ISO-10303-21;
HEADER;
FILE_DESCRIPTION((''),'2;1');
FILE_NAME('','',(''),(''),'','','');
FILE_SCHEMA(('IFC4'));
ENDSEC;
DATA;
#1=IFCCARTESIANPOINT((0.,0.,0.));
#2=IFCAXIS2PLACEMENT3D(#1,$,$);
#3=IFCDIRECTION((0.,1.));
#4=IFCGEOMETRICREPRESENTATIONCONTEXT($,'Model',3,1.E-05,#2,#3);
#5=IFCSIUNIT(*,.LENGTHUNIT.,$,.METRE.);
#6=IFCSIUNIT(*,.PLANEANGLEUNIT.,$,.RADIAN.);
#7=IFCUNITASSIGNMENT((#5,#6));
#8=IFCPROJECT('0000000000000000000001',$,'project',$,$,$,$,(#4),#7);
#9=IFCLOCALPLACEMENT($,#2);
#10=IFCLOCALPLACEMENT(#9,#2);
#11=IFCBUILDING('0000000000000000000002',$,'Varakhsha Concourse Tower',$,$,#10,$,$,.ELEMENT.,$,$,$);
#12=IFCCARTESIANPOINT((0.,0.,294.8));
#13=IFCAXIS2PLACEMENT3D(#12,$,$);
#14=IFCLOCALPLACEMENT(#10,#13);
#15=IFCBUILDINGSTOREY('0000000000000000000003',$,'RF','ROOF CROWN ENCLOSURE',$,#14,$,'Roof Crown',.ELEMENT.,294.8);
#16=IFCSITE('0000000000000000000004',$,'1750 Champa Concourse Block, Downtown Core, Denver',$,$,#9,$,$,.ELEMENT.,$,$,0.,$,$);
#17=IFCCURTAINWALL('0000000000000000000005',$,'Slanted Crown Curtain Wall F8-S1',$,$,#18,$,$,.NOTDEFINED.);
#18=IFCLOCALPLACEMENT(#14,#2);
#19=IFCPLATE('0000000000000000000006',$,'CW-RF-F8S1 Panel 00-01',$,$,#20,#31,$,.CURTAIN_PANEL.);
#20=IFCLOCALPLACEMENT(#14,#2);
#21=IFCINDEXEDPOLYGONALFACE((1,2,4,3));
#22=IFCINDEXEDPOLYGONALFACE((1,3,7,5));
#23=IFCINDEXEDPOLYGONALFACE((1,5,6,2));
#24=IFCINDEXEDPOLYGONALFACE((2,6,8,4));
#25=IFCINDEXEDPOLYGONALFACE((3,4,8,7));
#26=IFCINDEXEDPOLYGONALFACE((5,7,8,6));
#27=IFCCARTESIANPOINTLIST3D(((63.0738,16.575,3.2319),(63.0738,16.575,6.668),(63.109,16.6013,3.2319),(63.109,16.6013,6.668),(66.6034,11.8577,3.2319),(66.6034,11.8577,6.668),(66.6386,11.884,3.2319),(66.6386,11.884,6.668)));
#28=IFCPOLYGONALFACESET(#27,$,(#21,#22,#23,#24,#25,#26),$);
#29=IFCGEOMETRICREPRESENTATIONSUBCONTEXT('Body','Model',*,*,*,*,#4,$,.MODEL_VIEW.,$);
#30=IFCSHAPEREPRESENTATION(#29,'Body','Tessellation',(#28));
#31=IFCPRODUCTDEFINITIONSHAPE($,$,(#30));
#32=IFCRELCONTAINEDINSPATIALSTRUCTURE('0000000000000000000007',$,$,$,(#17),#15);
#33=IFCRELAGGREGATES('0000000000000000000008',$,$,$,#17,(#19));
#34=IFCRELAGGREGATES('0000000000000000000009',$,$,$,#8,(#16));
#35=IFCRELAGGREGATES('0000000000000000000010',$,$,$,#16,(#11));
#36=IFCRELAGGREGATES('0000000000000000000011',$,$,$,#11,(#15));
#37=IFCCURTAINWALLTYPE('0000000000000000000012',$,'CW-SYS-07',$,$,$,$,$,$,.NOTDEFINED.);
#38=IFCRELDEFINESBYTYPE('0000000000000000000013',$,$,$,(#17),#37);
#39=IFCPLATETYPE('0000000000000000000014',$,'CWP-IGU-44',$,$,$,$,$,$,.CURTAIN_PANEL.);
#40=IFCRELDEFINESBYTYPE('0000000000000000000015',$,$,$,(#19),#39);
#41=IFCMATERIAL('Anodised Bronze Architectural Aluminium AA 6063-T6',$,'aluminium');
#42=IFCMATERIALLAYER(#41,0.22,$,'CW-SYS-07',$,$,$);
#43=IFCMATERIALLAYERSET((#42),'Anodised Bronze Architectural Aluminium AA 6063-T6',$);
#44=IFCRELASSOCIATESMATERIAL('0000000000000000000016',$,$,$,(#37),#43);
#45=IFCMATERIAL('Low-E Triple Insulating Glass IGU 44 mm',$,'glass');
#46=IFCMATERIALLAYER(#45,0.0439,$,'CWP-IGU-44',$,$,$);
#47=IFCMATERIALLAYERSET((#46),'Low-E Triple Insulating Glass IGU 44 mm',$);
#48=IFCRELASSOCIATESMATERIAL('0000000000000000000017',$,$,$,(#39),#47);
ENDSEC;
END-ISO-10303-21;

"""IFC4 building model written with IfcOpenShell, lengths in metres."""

from ifc_helpers import new_model, si_unit, direction, frame, origin, origin_2d, place, context, subcontext, project, spatial, rectangle, extrude, source, transform, mapped, material, layer, layer_set, type_object, element, aggregate, save


model = new_model("IFC4")

# Units and contexts
model_context = context("Model", 3, precision=1e-05, world=origin(), true_north=direction((0.0, 1.0)))
body_context = subcontext(model_context, "Body", "Model", "MODEL_VIEW")
ifc_project = project(units=[si_unit("LENGTHUNIT", "METRE"), si_unit("PLANEANGLEUNIT", "RADIAN")], contexts=[model_context])

# Site, building, storey
site_placement = place(None, origin())
site = spatial("IfcSite", under=ifc_project, at=site_placement, Name="1750 Champa Concourse Block, Downtown Core, Denver", CompositionType="ELEMENT", RefElevation=0.0)
building_placement = place(site_placement, origin())
building = spatial("IfcBuilding", under=site, at=building_placement, Name="Varakhsha Concourse Tower", CompositionType="ELEMENT")
storey_placement = place(building_placement, frame((0.0, 0.0, 294.8)))
storey = spatial("IfcBuildingStorey", under=building, at=storey_placement, Name="RF", Description="ROOF CROWN ENCLOSURE", LongName="Roof Crown", CompositionType="ELEMENT", Elevation=294.8)

# Shared definitions
ifc_material_1 = material(Name="Anodised Bronze Architectural Aluminium AA 6063-T6", Category="aluminium")
ifc_layer_1 = layer(ifc_material_1, 0.22, Name="CW-SYS-07")
ifc_layer_set_1 = layer_set([ifc_layer_1], Name="Anodised Bronze Architectural Aluminium AA 6063-T6")
curtain_wall_type = type_object("IfcCurtainWallType", Name="CW-SYS-07", PredefinedType="NOTDEFINED", material=ifc_layer_set_1)

# Curtain wall
curtain_wall_1_placement = place(storey_placement, origin())
curtain_wall_1 = element("IfcCurtainWall", 1, at=curtain_wall_1_placement, inside=storey, type_object=curtain_wall_type, Name="Slanted Crown Curtain Wall F8-S1", PredefinedType="NOTDEFINED")

# Plate
ifc_material_2 = material(Name="Low-E Triple Insulating Glass IGU 44 mm", Category="glass")
ifc_layer_2 = layer(ifc_material_2, 0.0439, Name="CWP-IGU-44")
ifc_layer_set_2 = layer_set([ifc_layer_2], Name="Low-E Triple Insulating Glass IGU 44 mm")
plate_type_1 = type_object("IfcPlateType", Name="CWP-IGU-44", PredefinedType="CURTAIN_PANEL", material=ifc_layer_set_2)
shared_shape_1 = source(origin(), body_context, "Body", "SweptSolid", [
    extrude(rectangle(XDim=5.8916, YDim=0.0439, at=origin_2d()), origin(), (0.0, 0.0, 1.0), 3.436),
])
plate_1_placement = place(storey_placement, frame((64.8562, 14.2295, 3.2319), z_axis=(0.0, 0.0, 1.0), x_axis=(0.599092, -0.80068, 0.0)))
plate_1 = element("IfcPlate", 2, at=plate_1_placement, type_object=plate_type_1, Name="CW-RF-F8S1 Panel 00-01", PredefinedType="CURTAIN_PANEL", context=body_context, shape_type="MappedRepresentation", body=[
    mapped(shared_shape_1, transform((0.0, 0.0, 0.0), scale=1.0)),
])
aggregate(curtain_wall_1, [plate_1])

save(model, "model.ifc")
